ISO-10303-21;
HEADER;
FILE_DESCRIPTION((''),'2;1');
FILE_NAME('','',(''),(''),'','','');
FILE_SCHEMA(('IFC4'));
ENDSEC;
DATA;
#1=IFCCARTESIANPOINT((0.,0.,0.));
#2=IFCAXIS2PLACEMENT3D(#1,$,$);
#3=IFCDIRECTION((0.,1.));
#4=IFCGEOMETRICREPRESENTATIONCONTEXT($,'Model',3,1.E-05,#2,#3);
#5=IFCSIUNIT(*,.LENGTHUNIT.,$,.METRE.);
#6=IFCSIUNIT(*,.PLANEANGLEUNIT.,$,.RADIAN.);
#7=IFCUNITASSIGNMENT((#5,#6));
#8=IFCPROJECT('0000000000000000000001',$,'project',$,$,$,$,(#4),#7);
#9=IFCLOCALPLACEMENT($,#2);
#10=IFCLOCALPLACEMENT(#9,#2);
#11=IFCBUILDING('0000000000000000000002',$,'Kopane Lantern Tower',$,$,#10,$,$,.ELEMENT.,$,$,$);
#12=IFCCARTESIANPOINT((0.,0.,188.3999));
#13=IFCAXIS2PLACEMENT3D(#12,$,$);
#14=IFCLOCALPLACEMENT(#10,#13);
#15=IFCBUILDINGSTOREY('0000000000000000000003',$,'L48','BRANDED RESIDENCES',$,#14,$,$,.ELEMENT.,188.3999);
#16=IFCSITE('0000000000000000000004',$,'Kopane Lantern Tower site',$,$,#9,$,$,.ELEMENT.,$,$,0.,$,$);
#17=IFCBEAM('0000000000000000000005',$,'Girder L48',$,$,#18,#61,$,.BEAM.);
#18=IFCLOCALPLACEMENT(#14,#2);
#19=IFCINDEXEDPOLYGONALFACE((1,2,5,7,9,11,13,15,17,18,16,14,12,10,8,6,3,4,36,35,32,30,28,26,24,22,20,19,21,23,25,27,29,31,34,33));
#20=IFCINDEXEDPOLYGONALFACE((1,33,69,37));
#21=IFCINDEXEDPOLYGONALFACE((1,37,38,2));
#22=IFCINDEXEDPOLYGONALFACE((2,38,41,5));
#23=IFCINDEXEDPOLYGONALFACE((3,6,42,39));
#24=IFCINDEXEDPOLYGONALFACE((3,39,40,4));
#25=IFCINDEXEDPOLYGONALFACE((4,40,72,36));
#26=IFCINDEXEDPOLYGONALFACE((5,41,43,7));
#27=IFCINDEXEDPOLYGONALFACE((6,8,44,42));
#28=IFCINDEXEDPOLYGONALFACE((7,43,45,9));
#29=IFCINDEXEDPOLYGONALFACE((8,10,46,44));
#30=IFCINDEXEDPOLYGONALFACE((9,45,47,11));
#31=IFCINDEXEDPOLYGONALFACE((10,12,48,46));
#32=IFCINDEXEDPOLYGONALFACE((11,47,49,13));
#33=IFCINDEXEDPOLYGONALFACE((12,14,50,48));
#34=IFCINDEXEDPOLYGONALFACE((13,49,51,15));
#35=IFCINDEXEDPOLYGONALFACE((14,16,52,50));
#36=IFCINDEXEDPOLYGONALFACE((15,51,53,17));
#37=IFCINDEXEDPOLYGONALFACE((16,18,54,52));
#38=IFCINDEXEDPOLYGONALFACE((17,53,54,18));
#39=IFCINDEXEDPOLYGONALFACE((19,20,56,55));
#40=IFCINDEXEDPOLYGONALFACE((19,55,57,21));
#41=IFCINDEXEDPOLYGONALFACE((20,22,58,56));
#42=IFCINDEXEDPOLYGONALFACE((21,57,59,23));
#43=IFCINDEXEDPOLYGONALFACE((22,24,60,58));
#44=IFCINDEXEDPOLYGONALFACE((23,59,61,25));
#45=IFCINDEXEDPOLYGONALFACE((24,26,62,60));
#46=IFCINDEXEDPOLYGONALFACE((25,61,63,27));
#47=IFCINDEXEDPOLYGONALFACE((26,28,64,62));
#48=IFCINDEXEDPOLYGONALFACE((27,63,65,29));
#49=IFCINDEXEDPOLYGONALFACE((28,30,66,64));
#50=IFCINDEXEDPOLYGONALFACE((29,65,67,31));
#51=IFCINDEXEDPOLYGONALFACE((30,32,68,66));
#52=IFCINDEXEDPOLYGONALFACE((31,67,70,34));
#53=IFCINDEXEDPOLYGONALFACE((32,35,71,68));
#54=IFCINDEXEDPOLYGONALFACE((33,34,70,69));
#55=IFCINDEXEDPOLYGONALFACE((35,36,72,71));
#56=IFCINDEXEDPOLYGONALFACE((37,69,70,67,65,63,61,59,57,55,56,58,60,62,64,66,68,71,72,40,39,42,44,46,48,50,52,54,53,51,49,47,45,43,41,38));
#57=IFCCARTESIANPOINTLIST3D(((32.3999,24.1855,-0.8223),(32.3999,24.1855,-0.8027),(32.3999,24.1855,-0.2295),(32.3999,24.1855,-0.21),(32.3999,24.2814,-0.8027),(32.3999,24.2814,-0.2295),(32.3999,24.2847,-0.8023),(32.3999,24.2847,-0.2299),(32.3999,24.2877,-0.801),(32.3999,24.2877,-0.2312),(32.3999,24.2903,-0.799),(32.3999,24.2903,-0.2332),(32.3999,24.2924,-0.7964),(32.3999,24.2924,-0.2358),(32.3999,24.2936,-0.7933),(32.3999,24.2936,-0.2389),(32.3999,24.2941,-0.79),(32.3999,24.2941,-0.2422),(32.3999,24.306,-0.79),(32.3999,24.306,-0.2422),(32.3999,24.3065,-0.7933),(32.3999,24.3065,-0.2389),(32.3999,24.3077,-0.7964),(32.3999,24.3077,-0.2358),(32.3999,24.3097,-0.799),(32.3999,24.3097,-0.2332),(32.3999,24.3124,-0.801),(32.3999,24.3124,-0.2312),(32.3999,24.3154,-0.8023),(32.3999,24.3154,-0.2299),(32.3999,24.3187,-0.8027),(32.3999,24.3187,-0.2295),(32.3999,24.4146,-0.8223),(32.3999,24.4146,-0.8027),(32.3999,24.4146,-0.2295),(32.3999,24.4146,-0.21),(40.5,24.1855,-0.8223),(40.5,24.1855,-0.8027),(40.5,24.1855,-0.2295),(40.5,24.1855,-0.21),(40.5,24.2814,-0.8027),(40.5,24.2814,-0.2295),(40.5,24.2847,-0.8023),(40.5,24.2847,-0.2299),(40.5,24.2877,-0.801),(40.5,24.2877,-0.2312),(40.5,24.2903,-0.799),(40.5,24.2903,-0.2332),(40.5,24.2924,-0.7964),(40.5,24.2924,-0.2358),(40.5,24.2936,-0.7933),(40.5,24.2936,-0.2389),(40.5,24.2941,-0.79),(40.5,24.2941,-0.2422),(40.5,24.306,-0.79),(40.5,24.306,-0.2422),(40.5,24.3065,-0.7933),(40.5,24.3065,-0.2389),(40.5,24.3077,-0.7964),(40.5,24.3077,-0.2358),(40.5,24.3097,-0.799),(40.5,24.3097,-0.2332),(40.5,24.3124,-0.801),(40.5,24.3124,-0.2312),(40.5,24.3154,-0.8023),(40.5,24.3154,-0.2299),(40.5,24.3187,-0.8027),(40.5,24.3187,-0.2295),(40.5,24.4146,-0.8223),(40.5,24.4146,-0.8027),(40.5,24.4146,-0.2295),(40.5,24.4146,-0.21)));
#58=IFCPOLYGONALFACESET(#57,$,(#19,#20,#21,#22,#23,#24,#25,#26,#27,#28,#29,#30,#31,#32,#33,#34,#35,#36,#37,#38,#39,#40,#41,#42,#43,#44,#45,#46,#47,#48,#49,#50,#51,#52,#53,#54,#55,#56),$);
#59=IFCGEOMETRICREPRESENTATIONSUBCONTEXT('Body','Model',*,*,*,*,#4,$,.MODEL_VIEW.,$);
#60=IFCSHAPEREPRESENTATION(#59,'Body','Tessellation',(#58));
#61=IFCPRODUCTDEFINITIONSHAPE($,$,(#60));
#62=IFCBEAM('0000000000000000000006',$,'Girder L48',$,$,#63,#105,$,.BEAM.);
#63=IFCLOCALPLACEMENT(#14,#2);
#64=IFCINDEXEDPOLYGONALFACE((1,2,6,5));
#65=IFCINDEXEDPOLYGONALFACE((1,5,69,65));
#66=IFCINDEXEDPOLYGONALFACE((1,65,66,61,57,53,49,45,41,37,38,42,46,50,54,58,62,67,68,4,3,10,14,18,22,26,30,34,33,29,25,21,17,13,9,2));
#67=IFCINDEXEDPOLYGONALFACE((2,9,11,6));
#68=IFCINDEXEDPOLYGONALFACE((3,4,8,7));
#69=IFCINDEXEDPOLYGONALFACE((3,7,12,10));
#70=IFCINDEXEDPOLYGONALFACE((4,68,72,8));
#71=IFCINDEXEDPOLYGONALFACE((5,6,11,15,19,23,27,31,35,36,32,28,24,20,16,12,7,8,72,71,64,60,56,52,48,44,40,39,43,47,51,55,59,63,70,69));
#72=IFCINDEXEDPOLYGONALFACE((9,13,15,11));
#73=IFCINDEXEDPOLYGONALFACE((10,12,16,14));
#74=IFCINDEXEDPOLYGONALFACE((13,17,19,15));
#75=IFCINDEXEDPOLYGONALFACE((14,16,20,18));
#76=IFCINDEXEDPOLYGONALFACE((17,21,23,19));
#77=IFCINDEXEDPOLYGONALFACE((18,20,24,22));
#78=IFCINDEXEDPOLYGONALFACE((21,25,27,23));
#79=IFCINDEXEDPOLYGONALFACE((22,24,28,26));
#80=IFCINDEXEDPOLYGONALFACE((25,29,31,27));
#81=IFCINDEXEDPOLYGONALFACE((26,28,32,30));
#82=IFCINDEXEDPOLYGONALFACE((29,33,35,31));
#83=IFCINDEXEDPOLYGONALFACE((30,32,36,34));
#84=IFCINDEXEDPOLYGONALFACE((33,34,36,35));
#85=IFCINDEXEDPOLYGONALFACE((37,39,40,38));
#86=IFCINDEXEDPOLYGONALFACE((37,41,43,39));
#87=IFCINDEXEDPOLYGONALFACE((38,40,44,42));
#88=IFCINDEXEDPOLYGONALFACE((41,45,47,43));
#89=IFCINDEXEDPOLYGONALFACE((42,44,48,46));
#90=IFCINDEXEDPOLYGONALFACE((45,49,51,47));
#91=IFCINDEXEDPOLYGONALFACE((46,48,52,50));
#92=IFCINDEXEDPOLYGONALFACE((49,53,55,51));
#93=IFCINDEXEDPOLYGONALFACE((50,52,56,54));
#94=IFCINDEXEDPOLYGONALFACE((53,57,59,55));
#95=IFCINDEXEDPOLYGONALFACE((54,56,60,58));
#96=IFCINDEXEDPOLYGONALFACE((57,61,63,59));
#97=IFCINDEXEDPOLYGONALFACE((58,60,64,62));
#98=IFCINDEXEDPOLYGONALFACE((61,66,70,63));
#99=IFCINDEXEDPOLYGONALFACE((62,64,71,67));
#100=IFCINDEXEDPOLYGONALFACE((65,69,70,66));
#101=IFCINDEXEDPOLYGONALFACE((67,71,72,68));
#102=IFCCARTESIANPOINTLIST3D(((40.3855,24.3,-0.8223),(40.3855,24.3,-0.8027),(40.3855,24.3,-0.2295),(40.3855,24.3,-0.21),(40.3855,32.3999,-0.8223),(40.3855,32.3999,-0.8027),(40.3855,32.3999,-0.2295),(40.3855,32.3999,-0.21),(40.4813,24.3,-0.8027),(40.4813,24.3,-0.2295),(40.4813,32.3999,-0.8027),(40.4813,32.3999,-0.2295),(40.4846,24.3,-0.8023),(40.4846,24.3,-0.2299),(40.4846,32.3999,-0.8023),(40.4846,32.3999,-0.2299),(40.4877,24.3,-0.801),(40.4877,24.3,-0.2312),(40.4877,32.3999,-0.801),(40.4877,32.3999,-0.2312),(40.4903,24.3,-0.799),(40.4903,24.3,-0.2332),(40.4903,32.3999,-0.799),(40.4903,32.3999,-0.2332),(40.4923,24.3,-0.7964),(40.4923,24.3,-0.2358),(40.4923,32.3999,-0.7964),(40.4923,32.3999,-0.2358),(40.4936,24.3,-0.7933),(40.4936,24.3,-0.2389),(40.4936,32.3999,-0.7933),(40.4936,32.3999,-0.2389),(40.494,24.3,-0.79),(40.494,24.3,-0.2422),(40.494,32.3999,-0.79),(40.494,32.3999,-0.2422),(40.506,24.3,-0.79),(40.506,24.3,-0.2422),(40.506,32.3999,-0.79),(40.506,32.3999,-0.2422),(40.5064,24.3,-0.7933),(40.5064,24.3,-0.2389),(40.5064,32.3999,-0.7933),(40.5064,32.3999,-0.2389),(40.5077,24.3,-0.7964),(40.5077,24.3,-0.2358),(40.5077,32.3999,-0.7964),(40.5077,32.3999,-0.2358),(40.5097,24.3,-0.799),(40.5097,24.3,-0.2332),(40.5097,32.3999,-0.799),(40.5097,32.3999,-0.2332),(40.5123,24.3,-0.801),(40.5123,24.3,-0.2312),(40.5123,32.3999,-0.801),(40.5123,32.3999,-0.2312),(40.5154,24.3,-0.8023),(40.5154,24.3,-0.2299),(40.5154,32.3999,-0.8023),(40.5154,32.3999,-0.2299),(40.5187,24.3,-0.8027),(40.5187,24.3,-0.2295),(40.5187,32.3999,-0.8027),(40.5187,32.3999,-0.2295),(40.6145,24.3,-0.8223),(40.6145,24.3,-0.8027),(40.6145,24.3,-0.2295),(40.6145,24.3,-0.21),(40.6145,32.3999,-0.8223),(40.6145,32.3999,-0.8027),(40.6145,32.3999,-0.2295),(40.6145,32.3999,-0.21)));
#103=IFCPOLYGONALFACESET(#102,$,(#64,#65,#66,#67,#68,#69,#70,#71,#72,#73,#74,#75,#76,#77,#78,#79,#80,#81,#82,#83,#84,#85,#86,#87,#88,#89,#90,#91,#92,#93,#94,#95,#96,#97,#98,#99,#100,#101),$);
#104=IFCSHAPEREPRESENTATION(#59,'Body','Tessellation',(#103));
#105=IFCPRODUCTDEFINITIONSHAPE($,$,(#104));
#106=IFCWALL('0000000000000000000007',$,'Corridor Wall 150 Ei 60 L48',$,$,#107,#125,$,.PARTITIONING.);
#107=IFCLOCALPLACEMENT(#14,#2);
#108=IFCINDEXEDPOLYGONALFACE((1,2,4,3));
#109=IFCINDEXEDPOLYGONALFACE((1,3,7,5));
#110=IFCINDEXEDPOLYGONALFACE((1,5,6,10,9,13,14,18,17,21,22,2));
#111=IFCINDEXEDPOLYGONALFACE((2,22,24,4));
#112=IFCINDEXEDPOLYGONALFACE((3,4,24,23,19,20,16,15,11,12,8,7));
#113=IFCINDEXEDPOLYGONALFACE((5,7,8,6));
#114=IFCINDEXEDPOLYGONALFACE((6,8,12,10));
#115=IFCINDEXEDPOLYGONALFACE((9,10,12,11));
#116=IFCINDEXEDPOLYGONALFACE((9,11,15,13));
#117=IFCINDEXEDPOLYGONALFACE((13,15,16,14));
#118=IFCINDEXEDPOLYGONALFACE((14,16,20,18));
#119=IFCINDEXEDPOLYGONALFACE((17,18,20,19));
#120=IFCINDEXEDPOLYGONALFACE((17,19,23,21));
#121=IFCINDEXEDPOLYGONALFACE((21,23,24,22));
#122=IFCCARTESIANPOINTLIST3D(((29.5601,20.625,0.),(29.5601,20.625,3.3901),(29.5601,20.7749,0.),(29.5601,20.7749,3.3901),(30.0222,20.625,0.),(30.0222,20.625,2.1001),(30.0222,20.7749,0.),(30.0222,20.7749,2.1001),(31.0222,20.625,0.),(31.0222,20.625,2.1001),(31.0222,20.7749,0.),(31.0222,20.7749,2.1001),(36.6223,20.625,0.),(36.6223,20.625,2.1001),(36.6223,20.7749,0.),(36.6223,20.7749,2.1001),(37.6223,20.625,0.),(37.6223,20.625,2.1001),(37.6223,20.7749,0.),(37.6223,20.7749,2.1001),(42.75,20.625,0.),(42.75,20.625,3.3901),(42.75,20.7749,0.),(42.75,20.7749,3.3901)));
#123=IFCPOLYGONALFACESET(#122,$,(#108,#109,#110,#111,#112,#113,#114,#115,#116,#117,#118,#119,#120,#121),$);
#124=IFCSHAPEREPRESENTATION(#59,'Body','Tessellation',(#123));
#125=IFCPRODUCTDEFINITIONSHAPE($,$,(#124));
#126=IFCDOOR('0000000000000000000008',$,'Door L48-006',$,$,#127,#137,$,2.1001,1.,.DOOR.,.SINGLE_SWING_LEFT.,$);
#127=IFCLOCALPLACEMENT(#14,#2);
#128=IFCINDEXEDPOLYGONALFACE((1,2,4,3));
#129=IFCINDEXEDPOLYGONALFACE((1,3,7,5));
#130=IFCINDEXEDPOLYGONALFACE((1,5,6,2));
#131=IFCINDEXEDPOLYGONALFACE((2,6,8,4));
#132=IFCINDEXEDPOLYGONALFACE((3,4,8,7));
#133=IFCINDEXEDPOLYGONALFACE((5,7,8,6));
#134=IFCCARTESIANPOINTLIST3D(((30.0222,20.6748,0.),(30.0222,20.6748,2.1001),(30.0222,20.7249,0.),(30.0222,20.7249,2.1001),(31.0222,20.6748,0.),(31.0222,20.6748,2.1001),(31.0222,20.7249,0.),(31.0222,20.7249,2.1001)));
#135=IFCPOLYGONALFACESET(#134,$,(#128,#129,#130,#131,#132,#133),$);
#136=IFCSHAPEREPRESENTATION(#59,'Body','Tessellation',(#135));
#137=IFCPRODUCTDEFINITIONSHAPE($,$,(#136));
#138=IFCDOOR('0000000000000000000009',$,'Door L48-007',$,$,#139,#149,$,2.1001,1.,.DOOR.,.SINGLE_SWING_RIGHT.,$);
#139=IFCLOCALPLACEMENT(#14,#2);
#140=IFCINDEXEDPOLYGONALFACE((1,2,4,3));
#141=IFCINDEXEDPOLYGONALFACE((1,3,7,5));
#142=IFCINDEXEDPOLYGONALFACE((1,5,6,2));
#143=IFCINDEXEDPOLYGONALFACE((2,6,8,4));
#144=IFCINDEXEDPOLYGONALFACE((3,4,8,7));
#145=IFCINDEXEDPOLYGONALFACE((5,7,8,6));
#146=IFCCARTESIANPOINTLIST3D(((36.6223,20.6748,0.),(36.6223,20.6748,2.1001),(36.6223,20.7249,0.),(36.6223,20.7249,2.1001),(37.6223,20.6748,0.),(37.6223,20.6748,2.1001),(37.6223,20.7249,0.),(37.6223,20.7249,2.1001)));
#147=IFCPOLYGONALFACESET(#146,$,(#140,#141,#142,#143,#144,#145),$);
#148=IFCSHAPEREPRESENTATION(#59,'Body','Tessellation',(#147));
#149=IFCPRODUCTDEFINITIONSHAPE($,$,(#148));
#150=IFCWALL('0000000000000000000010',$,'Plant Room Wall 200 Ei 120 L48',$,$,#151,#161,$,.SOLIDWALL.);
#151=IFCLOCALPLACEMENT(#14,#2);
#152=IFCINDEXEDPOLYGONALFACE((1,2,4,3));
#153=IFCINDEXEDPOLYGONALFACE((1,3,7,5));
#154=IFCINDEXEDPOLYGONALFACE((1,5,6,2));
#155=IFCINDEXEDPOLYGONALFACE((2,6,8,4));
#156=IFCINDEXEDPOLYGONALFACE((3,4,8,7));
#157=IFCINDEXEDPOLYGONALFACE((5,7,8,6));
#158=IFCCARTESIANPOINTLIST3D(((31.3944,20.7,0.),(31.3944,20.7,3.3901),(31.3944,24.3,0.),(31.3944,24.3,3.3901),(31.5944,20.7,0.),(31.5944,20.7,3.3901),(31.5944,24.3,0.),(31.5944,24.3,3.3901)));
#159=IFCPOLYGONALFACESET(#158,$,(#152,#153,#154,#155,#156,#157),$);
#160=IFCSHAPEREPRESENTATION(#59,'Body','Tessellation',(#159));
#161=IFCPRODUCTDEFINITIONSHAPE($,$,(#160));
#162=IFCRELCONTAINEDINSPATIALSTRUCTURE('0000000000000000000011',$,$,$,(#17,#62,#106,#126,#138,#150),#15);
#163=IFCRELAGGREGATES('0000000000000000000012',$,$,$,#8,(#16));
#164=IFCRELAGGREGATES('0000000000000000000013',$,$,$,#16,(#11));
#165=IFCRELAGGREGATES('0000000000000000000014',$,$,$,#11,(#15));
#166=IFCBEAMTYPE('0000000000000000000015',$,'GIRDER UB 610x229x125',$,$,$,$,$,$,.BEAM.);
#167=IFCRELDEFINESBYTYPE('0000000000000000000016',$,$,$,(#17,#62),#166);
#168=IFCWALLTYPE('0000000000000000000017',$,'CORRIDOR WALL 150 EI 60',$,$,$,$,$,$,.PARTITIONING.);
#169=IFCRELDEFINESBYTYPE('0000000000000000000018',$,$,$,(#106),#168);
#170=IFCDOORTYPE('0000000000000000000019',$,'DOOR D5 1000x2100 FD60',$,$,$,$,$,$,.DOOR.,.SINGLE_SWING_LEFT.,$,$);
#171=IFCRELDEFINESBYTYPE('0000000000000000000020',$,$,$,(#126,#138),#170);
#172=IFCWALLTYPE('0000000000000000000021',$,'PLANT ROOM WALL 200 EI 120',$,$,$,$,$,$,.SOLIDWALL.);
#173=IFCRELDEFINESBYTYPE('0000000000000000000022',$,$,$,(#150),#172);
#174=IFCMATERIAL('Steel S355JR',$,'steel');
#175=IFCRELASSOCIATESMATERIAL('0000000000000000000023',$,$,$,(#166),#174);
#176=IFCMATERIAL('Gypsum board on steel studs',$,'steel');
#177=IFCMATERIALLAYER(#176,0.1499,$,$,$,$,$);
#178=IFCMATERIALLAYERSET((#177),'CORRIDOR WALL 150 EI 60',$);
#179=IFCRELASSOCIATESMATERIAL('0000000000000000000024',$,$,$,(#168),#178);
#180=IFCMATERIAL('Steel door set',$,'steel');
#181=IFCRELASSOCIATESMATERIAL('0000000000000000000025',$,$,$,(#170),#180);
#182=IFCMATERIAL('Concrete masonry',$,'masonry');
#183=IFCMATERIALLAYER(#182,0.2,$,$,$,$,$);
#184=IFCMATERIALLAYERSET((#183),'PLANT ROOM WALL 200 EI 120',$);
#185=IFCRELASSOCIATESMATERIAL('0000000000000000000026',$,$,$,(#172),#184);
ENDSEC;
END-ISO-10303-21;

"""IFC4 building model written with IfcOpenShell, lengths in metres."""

from ifc_helpers import new_model, si_unit, direction, frame, frame_2d, origin, origin_2d, place, context, subcontext, project, spatial, rectangle, i_section, extrude, material, layer, layer_set, material_profile, profile_set, type_object, element, fill, save


model = new_model("IFC4")

# Units and contexts
model_context = context("Model", 3, precision=1e-05, world=origin(), true_north=direction((0.0, 1.0)))
body_context = subcontext(model_context, "Body", "Model", "MODEL_VIEW")
ifc_project = project(units=[si_unit("LENGTHUNIT", "METRE"), si_unit("PLANEANGLEUNIT", "RADIAN")], contexts=[model_context])

# Site, building, storey
site_placement = place(None, origin())
site = spatial("IfcSite", under=ifc_project, at=site_placement, Name="Kopane Lantern Tower site", CompositionType="ELEMENT", RefElevation=0.0)
building_placement = place(site_placement, origin())
building = spatial("IfcBuilding", under=site, at=building_placement, Name="Kopane Lantern Tower", CompositionType="ELEMENT")
storey_placement = place(building_placement, frame((0.0, 0.0, 188.3999)))
storey = spatial("IfcBuildingStorey", under=building, at=storey_placement, Name="L48", Description="BRANDED RESIDENCES", CompositionType="ELEMENT", Elevation=188.3999)

# Beams
ifc_material_1 = material(Name="Steel S355JR", Category="steel")
ifc_material_profile_1 = material_profile(ifc_material_1, i_section(OverallWidth=0.229, OverallDepth=0.6123, WebThickness=0.012, FlangeThickness=0.0195, FilletRadius=0.0127, at=origin_2d()), Name="UB 610x229x125")
ifc_profile_set_1 = profile_set([ifc_material_profile_1], Name="Steel S355JR")
beam_type_1 = type_object("IfcBeamType", Name="GIRDER UB 610x229x125", PredefinedType="BEAM", material=ifc_profile_set_1)
beam_1_placement = place(storey_placement, frame((32.3999, 24.3, -0.5161), z_axis=(1.0, 0.0, 0.0), x_axis=(0.0, 1.0, 0.0)))
element("IfcBeam", 1, at=beam_1_placement, inside=storey, type_object=beam_type_1, Name="Girder L48", PredefinedType="BEAM", context=body_context, shape_type="SweptSolid", body=[
    extrude(i_section(OverallWidth=0.229, OverallDepth=0.6123, WebThickness=0.012, FlangeThickness=0.0195, FilletRadius=0.0127, at=origin_2d()), origin(), (0.0, 0.0, 1.0), 8.1001),
])
beam_2_placement = place(storey_placement, frame((40.5, 24.3, -0.5161), z_axis=(0.0, 1.0, 0.0), x_axis=(-1.0, 0.0, 0.0)))
element("IfcBeam", 2, at=beam_2_placement, inside=storey, type_object=beam_type_1, Name="Girder L48", PredefinedType="BEAM", context=body_context, shape_type="SweptSolid", body=[
    extrude(i_section(OverallWidth=0.229, OverallDepth=0.6123, WebThickness=0.012, FlangeThickness=0.0195, FilletRadius=0.0127, at=origin_2d()), origin(), (0.0, 0.0, 1.0), 8.0999),
])

# Wall, openings, doors
ifc_material_2 = material(Name="Gypsum board on steel studs", Category="steel")
ifc_layer_1 = layer(ifc_material_2, 0.1499)
ifc_layer_set_1 = layer_set([ifc_layer_1], Name="CORRIDOR WALL 150 EI 60")
wall_type_1 = type_object("IfcWallType", Name="CORRIDOR WALL 150 EI 60", PredefinedType="PARTITIONING", material=ifc_layer_set_1)
wall_1_placement = place(storey_placement, frame((29.5601, 20.7, 0.0), z_axis=(0.0, 0.0, 1.0), x_axis=(1.0, 0.0, 0.0)))
wall_1 = element("IfcWall", 3, at=wall_1_placement, inside=storey, type_object=wall_type_1, Name="Corridor Wall 150 Ei 60 L48", PredefinedType="PARTITIONING", context=body_context, shape_type="SweptSolid", body=[
    extrude(rectangle(XDim=13.1899, YDim=0.1499, at=frame_2d((6.595, 0.0))), origin(), (0.0, 0.0, 1.0), 3.3901),
])
opening_1_placement = place(wall_1_placement, frame((0.4622, 0.0, 0.0)))
opening_1 = element("IfcOpeningElement", 4, at=opening_1_placement, cuts=wall_1, PredefinedType="OPENING", context=body_context, shape_type="SweptSolid", body=[
    extrude(rectangle(XDim=1.0, YDim=2.1001, at=frame_2d((0.5, 1.05))), frame((0.0, 0.085, 0.0), z_axis=(0.0, -1.0, 0.0), x_axis=(1.0, 0.0, 0.0)), (0.0, 0.0, 1.0), 0.1699),
])
opening_2_placement = place(wall_1_placement, frame((7.0623, 0.0, 0.0)))
opening_2 = element("IfcOpeningElement", 5, at=opening_2_placement, cuts=wall_1, PredefinedType="OPENING", context=body_context, shape_type="SweptSolid", body=[
    extrude(rectangle(XDim=1.0, YDim=2.1001, at=frame_2d((0.5, 1.05))), frame((0.0, 0.085, 0.0), z_axis=(0.0, -1.0, 0.0), x_axis=(1.0, 0.0, 0.0)), (0.0, 0.0, 1.0), 0.1699),
])
ifc_material_3 = material(Name="Steel door set", Category="steel")
door_type_1 = type_object("IfcDoorType", Name="DOOR D5 1000x2100 FD60", OperationType="SINGLE_SWING_LEFT", PredefinedType="DOOR", material=ifc_material_3)
door_1_placement = place(opening_1_placement, origin())
door_1 = element("IfcDoor", 6, at=door_1_placement, inside=storey, type_object=door_type_1, Name="Door L48-006", OperationType="SINGLE_SWING_LEFT", OverallHeight=2.1001, OverallWidth=1.0, PredefinedType="DOOR", context=body_context, shape_type="SweptSolid", body=[
    extrude(rectangle(XDim=1.0, YDim=2.1001, at=frame_2d((0.5, 1.05))), frame((0.0, 0.0249, 0.0), z_axis=(0.0, -1.0, 0.0), x_axis=(1.0, 0.0, 0.0)), (0.0, 0.0, 1.0), 0.05),
])
fill(opening_1, door_1)
door_2_placement = place(opening_2_placement, origin())
door_2 = element("IfcDoor", 7, at=door_2_placement, inside=storey, type_object=door_type_1, Name="Door L48-007", OperationType="SINGLE_SWING_RIGHT", OverallHeight=2.1001, OverallWidth=1.0, PredefinedType="DOOR", context=body_context, shape_type="SweptSolid", body=[
    extrude(rectangle(XDim=1.0, YDim=2.1001, at=frame_2d((0.5, 1.05))), frame((0.0, 0.0249, 0.0), z_axis=(0.0, -1.0, 0.0), x_axis=(1.0, 0.0, 0.0)), (0.0, 0.0, 1.0), 0.05),
])
fill(opening_2, door_2)

# Wall
ifc_material_4 = material(Name="Concrete masonry", Category="masonry")
ifc_layer_2 = layer(ifc_material_4, 0.2)
ifc_layer_set_2 = layer_set([ifc_layer_2], Name="PLANT ROOM WALL 200 EI 120")
wall_type_2 = type_object("IfcWallType", Name="PLANT ROOM WALL 200 EI 120", PredefinedType="SOLIDWALL", material=ifc_layer_set_2)
wall_2_placement = place(storey_placement, frame((31.4944, 20.7, 0.0), z_axis=(0.0, 0.0, 1.0), x_axis=(0.0, 1.0, 0.0)))
element("IfcWall", 8, at=wall_2_placement, inside=storey, type_object=wall_type_2, Name="Plant Room Wall 200 Ei 120 L48", PredefinedType="SOLIDWALL", context=body_context, shape_type="SweptSolid", body=[
    extrude(rectangle(XDim=3.6001, YDim=0.2, at=frame_2d((1.8, 0.0))), origin(), (0.0, 0.0, 1.0), 3.3901),
])

save(model, "model.ifc")
